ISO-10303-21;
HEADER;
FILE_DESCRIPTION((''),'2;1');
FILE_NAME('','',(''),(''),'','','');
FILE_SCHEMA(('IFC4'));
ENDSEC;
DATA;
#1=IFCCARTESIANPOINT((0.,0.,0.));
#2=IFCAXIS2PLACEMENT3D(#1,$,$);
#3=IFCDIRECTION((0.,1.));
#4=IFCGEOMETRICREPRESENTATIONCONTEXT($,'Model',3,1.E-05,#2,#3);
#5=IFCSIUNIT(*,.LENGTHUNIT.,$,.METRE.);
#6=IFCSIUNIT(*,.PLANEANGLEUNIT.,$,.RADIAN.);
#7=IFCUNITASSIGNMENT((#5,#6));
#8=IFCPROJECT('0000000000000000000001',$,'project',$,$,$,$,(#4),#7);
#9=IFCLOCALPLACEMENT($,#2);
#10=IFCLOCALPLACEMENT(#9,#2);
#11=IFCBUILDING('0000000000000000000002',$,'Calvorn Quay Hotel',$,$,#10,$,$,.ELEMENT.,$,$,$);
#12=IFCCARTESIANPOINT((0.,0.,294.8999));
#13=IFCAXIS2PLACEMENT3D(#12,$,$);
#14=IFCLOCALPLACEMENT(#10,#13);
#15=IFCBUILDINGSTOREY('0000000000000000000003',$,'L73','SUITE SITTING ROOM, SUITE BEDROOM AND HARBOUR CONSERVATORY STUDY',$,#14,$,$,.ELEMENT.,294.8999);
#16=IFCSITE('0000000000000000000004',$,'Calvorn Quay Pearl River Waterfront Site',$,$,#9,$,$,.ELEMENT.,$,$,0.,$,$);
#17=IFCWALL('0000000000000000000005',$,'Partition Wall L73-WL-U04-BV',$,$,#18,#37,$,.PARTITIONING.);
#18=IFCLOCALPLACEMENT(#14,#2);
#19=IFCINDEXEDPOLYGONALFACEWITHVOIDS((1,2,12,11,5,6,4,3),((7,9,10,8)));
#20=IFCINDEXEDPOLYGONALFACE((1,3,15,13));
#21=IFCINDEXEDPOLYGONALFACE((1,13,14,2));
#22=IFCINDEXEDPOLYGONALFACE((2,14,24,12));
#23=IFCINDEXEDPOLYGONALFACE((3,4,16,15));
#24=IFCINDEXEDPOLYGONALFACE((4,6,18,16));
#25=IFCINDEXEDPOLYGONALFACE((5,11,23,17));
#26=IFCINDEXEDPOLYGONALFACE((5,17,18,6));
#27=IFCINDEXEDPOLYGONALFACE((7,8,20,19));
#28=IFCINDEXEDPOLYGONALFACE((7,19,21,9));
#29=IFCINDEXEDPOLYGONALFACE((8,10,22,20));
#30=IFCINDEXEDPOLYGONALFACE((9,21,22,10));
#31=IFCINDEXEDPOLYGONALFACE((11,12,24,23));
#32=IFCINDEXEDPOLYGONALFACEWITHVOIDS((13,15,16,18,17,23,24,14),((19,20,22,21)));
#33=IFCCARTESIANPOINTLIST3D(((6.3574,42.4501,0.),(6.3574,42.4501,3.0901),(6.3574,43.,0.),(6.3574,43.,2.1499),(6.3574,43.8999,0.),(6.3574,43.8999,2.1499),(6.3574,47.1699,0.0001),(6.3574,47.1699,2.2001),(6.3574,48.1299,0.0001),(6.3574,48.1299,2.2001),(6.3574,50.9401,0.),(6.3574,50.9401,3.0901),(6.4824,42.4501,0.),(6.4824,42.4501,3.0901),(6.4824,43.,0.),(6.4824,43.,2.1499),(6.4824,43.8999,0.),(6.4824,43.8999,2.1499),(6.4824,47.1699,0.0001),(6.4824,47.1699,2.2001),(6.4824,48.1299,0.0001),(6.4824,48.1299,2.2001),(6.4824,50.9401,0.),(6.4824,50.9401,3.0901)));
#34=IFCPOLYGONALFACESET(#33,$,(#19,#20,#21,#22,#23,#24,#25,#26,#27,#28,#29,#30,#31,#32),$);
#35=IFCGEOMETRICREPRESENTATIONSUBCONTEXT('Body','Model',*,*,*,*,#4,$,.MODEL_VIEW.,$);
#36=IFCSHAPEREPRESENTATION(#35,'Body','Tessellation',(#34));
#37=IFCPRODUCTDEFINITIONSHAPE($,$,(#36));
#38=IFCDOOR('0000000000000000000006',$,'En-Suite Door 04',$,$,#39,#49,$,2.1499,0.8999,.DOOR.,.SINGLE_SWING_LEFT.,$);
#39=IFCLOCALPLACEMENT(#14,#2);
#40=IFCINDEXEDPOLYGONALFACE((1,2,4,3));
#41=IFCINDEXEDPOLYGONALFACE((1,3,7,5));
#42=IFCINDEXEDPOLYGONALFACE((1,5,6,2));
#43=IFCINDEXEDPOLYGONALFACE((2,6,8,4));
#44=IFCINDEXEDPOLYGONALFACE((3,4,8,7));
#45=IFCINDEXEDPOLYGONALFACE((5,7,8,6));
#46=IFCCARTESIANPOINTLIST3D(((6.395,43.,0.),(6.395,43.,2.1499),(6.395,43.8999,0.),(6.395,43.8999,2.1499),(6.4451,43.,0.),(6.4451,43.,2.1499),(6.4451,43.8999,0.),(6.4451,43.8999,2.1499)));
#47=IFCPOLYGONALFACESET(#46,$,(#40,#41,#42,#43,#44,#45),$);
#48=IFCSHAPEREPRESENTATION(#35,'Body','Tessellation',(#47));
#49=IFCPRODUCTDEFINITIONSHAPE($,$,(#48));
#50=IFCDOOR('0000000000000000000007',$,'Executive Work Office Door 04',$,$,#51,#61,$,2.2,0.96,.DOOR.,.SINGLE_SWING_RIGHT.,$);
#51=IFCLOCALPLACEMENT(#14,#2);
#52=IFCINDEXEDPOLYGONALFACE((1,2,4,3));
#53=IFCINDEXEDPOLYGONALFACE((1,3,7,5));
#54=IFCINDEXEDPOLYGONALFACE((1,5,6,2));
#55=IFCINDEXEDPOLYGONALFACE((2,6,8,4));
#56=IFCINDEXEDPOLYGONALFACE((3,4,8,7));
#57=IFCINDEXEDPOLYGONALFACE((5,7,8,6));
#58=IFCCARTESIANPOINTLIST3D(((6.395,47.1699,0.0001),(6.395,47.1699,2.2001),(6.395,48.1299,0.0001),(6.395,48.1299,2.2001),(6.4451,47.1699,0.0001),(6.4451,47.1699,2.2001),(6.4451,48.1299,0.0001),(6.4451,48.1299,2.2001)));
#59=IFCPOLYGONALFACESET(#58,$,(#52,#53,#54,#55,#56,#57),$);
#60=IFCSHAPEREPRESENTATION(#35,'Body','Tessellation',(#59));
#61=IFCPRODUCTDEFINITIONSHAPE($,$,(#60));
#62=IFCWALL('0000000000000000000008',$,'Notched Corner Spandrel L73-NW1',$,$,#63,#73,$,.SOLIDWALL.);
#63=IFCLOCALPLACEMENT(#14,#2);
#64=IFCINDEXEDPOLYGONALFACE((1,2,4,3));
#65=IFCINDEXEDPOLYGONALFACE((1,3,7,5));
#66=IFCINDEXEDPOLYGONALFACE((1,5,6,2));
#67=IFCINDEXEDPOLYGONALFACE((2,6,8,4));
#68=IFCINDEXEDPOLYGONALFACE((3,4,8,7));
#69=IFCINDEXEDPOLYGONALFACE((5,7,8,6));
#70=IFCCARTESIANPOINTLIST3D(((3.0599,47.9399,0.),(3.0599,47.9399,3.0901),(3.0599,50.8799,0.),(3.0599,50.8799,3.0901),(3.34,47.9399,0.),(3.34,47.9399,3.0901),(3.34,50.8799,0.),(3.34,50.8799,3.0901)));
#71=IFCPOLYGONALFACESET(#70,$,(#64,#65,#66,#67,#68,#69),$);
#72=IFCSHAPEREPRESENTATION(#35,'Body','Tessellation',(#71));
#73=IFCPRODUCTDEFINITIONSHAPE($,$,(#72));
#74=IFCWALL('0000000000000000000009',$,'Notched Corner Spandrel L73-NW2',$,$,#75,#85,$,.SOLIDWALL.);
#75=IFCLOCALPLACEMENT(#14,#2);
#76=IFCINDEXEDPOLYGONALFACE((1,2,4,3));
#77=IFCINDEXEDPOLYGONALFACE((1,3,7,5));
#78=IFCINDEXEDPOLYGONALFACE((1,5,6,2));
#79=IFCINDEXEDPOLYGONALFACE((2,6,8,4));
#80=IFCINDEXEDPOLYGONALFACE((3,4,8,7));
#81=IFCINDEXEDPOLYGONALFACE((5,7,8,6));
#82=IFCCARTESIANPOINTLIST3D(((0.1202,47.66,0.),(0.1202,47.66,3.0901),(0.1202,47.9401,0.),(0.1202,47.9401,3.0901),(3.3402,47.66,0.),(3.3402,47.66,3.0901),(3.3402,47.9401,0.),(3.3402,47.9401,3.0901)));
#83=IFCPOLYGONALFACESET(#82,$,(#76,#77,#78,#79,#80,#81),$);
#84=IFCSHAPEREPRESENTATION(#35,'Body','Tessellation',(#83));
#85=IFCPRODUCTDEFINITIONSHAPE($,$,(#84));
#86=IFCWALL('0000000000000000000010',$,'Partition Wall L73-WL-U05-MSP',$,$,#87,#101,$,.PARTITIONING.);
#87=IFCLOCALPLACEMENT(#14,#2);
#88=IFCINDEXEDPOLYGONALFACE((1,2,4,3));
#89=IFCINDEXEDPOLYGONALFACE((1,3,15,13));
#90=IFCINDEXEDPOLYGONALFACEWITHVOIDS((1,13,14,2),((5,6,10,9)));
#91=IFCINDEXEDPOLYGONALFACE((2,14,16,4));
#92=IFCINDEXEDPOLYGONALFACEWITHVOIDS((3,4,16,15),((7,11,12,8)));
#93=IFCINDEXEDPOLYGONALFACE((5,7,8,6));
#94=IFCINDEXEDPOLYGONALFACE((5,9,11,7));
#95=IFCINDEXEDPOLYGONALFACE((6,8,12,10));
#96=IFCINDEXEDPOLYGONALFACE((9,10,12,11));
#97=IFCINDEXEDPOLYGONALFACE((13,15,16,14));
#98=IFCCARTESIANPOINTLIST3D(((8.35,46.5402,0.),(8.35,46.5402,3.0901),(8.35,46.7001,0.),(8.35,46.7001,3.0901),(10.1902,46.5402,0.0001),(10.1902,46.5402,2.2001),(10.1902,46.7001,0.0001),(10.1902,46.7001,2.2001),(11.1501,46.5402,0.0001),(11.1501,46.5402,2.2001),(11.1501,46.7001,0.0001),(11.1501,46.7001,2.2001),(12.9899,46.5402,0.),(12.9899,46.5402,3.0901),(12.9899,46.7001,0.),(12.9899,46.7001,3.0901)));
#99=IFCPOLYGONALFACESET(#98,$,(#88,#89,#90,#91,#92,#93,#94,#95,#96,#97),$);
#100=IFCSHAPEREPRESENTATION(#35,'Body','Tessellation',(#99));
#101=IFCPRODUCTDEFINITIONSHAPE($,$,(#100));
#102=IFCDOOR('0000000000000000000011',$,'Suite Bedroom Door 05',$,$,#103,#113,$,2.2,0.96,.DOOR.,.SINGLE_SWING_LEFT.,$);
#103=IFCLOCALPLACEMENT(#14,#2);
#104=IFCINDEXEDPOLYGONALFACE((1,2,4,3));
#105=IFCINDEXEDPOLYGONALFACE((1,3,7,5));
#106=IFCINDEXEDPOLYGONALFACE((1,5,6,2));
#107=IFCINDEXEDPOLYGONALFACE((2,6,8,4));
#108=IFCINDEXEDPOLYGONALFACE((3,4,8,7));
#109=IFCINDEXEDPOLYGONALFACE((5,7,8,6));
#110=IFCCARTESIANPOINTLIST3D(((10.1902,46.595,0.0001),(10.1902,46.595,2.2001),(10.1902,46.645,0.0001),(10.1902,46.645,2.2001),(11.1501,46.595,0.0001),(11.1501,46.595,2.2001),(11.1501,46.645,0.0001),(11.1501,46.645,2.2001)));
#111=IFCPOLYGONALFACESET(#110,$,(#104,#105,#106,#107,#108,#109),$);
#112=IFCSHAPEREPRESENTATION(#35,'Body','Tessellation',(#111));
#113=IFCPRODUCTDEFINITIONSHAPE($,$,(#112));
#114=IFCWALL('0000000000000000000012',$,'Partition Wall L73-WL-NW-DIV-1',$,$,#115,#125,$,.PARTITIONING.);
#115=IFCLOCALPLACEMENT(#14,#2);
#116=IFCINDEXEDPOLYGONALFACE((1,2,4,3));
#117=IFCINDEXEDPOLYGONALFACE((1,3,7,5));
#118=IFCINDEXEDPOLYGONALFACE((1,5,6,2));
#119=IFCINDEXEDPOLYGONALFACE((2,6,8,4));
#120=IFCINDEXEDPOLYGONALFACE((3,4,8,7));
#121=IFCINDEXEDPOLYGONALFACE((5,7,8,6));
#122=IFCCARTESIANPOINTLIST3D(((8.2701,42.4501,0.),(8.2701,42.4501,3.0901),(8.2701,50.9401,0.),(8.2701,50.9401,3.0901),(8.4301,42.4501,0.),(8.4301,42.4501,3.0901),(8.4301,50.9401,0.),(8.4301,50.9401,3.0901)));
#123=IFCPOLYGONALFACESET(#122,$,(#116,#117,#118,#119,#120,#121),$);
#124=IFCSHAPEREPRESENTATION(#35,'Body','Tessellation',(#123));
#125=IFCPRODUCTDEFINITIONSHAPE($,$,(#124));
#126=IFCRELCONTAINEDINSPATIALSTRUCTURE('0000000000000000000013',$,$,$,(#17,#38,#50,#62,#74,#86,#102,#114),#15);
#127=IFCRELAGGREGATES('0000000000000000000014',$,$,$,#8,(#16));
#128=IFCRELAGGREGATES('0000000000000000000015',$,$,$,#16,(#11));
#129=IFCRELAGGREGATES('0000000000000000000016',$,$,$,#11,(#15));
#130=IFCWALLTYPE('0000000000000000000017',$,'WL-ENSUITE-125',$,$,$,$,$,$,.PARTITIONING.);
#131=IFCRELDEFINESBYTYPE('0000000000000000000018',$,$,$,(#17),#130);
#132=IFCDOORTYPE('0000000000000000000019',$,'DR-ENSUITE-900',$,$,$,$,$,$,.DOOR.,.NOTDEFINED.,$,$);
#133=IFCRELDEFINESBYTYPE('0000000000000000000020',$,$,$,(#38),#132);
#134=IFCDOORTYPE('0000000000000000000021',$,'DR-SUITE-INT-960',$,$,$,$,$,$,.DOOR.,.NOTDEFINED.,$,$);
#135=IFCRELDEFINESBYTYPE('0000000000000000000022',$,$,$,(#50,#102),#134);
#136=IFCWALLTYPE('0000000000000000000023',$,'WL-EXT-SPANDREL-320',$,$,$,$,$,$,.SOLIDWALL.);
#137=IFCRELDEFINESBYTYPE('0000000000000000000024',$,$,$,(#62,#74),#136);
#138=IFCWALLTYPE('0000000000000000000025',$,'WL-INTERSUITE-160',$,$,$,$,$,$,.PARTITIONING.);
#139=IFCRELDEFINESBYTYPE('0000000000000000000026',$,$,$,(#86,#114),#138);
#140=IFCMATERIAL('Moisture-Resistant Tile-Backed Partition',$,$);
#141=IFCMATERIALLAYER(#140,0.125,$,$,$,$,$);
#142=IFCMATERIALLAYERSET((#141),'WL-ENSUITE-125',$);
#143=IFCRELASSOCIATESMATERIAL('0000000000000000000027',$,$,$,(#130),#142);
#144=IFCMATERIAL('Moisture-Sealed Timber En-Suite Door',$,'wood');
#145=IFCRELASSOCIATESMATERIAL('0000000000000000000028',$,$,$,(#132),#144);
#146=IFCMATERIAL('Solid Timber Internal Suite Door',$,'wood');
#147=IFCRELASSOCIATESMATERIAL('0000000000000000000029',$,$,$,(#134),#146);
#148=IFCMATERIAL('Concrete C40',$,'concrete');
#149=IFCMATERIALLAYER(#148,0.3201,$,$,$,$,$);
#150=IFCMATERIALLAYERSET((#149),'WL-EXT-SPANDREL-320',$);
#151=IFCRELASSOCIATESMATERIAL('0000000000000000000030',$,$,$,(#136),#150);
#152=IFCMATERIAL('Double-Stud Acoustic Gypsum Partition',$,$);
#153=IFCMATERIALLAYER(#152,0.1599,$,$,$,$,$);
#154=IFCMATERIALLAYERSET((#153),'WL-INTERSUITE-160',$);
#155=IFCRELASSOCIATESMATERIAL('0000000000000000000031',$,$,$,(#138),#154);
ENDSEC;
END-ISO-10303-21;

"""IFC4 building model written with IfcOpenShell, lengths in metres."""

from ifc_helpers import new_model, si_unit, direction, frame, frame_2d, origin, place, context, subcontext, project, spatial, rectangle, extrude, material, layer, layer_set, type_object, element, fill, save


model = new_model("IFC4")

# Units and contexts
model_context = context("Model", 3, precision=1e-05, world=origin(), true_north=direction((0.0, 1.0)))
body_context = subcontext(model_context, "Body", "Model", "MODEL_VIEW")
ifc_project = project(units=[si_unit("LENGTHUNIT", "METRE"), si_unit("PLANEANGLEUNIT", "RADIAN")], contexts=[model_context])

# Site, building, storey
site_placement = place(None, origin())
site = spatial("IfcSite", under=ifc_project, at=site_placement, Name="Calvorn Quay Pearl River Waterfront Site", CompositionType="ELEMENT", RefElevation=0.0)
building_placement = place(site_placement, origin())
building = spatial("IfcBuilding", under=site, at=building_placement, Name="Calvorn Quay Hotel", CompositionType="ELEMENT")
storey_placement = place(building_placement, frame((0.0, 0.0, 294.8999)))
storey = spatial("IfcBuildingStorey", under=building, at=storey_placement, Name="L73", Description="SUITE SITTING ROOM, SUITE BEDROOM AND HARBOUR CONSERVATORY STUDY", CompositionType="ELEMENT", Elevation=294.8999)

# Shared definitions
ifc_material_1 = material(Name="Moisture-Resistant Tile-Backed Partition")
ifc_layer_1 = layer(ifc_material_1, 0.125)
ifc_layer_set_1 = layer_set([ifc_layer_1], Name="WL-ENSUITE-125")
wall_type_1 = type_object("IfcWallType", Name="WL-ENSUITE-125", PredefinedType="PARTITIONING", material=ifc_layer_set_1)

# Wall, openings, doors
wall_1_placement = place(storey_placement, frame((6.4199, 42.45, 0.0), z_axis=(0.0, 0.0, 1.0), x_axis=(0.0, 1.0, 0.0)))
wall_1 = element("IfcWall", 1, at=wall_1_placement, inside=storey, type_object=wall_type_1, Name="Partition Wall L73-WL-U04-BV", PredefinedType="PARTITIONING", context=body_context, shape_type="SweptSolid", body=[
    extrude(rectangle(XDim=8.49, YDim=0.125, at=frame_2d((4.2451, 0.0))), origin(), (0.0, 0.0, 1.0), 3.0901),
])
opening_1_placement = place(wall_1_placement, frame((0.55, 0.0, 0.0)))
opening_1 = element("IfcOpeningElement", 2, at=opening_1_placement, cuts=wall_1, PredefinedType="OPENING", context=body_context, shape_type="SweptSolid", body=[
    extrude(rectangle(XDim=0.8999, YDim=2.1499, at=frame_2d((0.45, 1.075))), frame((0.0, 0.0725, 0.0), z_axis=(0.0, -1.0, 0.0), x_axis=(1.0, 0.0, 0.0)), (0.0, 0.0, 1.0), 0.145),
])
opening_2_placement = place(wall_1_placement, frame((4.72, 0.0, 0.0)))
opening_2 = element("IfcOpeningElement", 3, at=opening_2_placement, cuts=wall_1, PredefinedType="OPENING", context=body_context, shape_type="SweptSolid", body=[
    extrude(rectangle(XDim=0.96, YDim=2.2, at=frame_2d((0.48, 1.1001))), frame((0.0, 0.0725, 0.0), z_axis=(0.0, -1.0, 0.0), x_axis=(1.0, 0.0, 0.0)), (0.0, 0.0, 1.0), 0.145),
])
ifc_material_2 = material(Name="Moisture-Sealed Timber En-Suite Door", Category="wood")
door_type_1 = type_object("IfcDoorType", Name="DR-ENSUITE-900", OperationType="NOTDEFINED", PredefinedType="DOOR", material=ifc_material_2)
door_1_placement = place(opening_1_placement, origin())
door_1 = element("IfcDoor", 4, at=door_1_placement, inside=storey, type_object=door_type_1, Name="En-Suite Door 04", OperationType="SINGLE_SWING_LEFT", OverallHeight=2.1499, OverallWidth=0.8999, PredefinedType="DOOR", context=body_context, shape_type="SweptSolid", body=[
    extrude(rectangle(XDim=0.8999, YDim=2.1499, at=frame_2d((0.45, 1.075))), frame((0.0, 0.0249, 0.0), z_axis=(0.0, -1.0, 0.0), x_axis=(1.0, 0.0, 0.0)), (0.0, 0.0, 1.0), 0.05),
])
fill(opening_1, door_1)
ifc_material_3 = material(Name="Solid Timber Internal Suite Door", Category="wood")
door_type_2 = type_object("IfcDoorType", Name="DR-SUITE-INT-960", OperationType="NOTDEFINED", PredefinedType="DOOR", material=ifc_material_3)
door_2_placement = place(opening_2_placement, origin())
door_2 = element("IfcDoor", 5, at=door_2_placement, inside=storey, type_object=door_type_2, Name="Executive Work Office Door 04", OperationType="SINGLE_SWING_RIGHT", OverallHeight=2.2, OverallWidth=0.96, PredefinedType="DOOR", context=body_context, shape_type="SweptSolid", body=[
    extrude(rectangle(XDim=0.96, YDim=2.2, at=frame_2d((0.48, 1.1001))), frame((0.0, 0.0249, 0.0), z_axis=(0.0, -1.0, 0.0), x_axis=(1.0, 0.0, 0.0)), (0.0, 0.0, 1.0), 0.05),
])
fill(opening_2, door_2)

# Walls
ifc_material_4 = material(Name="Concrete C40", Category="concrete")
ifc_layer_2 = layer(ifc_material_4, 0.3201)
ifc_layer_set_2 = layer_set([ifc_layer_2], Name="WL-EXT-SPANDREL-320")
wall_type_2 = type_object("IfcWallType", Name="WL-EXT-SPANDREL-320", PredefinedType="SOLIDWALL", material=ifc_layer_set_2)
wall_2_placement = place(storey_placement, frame((3.2, 50.8799, 0.0), z_axis=(0.0, 0.0, 1.0), x_axis=(0.0, -1.0, 0.0)))
element("IfcWall", 6, at=wall_2_placement, inside=storey, type_object=wall_type_2, Name="Notched Corner Spandrel L73-NW1", PredefinedType="SOLIDWALL", context=body_context, shape_type="SweptSolid", body=[
    extrude(rectangle(XDim=2.9399, YDim=0.28, at=frame_2d((1.47, 0.0))), origin(), (0.0, 0.0, 1.0), 3.0901),
])
wall_3_placement = place(storey_placement, frame((3.3401, 47.8, 0.0), z_axis=(0.0, 0.0, 1.0), x_axis=(-1.0, 0.0, 0.0)))
element("IfcWall", 7, at=wall_3_placement, inside=storey, type_object=wall_type_2, Name="Notched Corner Spandrel L73-NW2", PredefinedType="SOLIDWALL", context=body_context, shape_type="SweptSolid", body=[
    extrude(rectangle(XDim=3.22, YDim=0.28, at=frame_2d((1.6099, 0.0))), origin(), (0.0, 0.0, 1.0), 3.0901),
])

# Wall, opening, door
ifc_material_5 = material(Name="Double-Stud Acoustic Gypsum Partition")
ifc_layer_3 = layer(ifc_material_5, 0.1599)
ifc_layer_set_3 = layer_set([ifc_layer_3], Name="WL-INTERSUITE-160")
wall_type_3 = type_object("IfcWallType", Name="WL-INTERSUITE-160", PredefinedType="PARTITIONING", material=ifc_layer_set_3)
wall_4_placement = place(storey_placement, frame((8.3501, 46.6201, 0.0), z_axis=(0.0, 0.0, 1.0), x_axis=(1.0, 0.0, 0.0)))
wall_4 = element("IfcWall", 8, at=wall_4_placement, inside=storey, type_object=wall_type_3, Name="Partition Wall L73-WL-U05-MSP", PredefinedType="PARTITIONING", context=body_context, shape_type="SweptSolid", body=[
    extrude(rectangle(XDim=4.6399, YDim=0.1599, at=frame_2d((2.3198, 0.0))), origin(), (0.0, 0.0, 1.0), 3.0901),
])
opening_3_placement = place(wall_4_placement, frame((1.8401, 0.0, 0.0)))
opening_3 = element("IfcOpeningElement", 9, at=opening_3_placement, cuts=wall_4, PredefinedType="OPENING", context=body_context, shape_type="SweptSolid", body=[
    extrude(rectangle(XDim=0.96, YDim=2.2, at=frame_2d((0.48, 1.1001))), frame((0.0, 0.0898, 0.0), z_axis=(0.0, -1.0, 0.0), x_axis=(1.0, 0.0, 0.0)), (0.0, 0.0, 1.0), 0.1799),
])
door_3_placement = place(opening_3_placement, origin())
door_3 = element("IfcDoor", 10, at=door_3_placement, inside=storey, type_object=door_type_2, Name="Suite Bedroom Door 05", OperationType="SINGLE_SWING_LEFT", OverallHeight=2.2, OverallWidth=0.96, PredefinedType="DOOR", context=body_context, shape_type="SweptSolid", body=[
    extrude(rectangle(XDim=0.96, YDim=2.2, at=frame_2d((0.48, 1.1001))), frame((0.0, 0.0249, 0.0), z_axis=(0.0, -1.0, 0.0), x_axis=(1.0, 0.0, 0.0)), (0.0, 0.0, 1.0), 0.05),
])
fill(opening_3, door_3)

# Wall
wall_5_placement = place(storey_placement, frame((8.3501, 42.45, 0.0), z_axis=(0.0, 0.0, 1.0), x_axis=(0.0, 1.0, 0.0)))
element("IfcWall", 11, at=wall_5_placement, inside=storey, type_object=wall_type_3, Name="Partition Wall L73-WL-NW-DIV-1", PredefinedType="PARTITIONING", context=body_context, shape_type="SweptSolid", body=[
    extrude(rectangle(XDim=8.49, YDim=0.1599, at=frame_2d((4.2451, 0.0))), origin(), (0.0, 0.0, 1.0), 3.0901),
])

save(model, "model.ifc")
